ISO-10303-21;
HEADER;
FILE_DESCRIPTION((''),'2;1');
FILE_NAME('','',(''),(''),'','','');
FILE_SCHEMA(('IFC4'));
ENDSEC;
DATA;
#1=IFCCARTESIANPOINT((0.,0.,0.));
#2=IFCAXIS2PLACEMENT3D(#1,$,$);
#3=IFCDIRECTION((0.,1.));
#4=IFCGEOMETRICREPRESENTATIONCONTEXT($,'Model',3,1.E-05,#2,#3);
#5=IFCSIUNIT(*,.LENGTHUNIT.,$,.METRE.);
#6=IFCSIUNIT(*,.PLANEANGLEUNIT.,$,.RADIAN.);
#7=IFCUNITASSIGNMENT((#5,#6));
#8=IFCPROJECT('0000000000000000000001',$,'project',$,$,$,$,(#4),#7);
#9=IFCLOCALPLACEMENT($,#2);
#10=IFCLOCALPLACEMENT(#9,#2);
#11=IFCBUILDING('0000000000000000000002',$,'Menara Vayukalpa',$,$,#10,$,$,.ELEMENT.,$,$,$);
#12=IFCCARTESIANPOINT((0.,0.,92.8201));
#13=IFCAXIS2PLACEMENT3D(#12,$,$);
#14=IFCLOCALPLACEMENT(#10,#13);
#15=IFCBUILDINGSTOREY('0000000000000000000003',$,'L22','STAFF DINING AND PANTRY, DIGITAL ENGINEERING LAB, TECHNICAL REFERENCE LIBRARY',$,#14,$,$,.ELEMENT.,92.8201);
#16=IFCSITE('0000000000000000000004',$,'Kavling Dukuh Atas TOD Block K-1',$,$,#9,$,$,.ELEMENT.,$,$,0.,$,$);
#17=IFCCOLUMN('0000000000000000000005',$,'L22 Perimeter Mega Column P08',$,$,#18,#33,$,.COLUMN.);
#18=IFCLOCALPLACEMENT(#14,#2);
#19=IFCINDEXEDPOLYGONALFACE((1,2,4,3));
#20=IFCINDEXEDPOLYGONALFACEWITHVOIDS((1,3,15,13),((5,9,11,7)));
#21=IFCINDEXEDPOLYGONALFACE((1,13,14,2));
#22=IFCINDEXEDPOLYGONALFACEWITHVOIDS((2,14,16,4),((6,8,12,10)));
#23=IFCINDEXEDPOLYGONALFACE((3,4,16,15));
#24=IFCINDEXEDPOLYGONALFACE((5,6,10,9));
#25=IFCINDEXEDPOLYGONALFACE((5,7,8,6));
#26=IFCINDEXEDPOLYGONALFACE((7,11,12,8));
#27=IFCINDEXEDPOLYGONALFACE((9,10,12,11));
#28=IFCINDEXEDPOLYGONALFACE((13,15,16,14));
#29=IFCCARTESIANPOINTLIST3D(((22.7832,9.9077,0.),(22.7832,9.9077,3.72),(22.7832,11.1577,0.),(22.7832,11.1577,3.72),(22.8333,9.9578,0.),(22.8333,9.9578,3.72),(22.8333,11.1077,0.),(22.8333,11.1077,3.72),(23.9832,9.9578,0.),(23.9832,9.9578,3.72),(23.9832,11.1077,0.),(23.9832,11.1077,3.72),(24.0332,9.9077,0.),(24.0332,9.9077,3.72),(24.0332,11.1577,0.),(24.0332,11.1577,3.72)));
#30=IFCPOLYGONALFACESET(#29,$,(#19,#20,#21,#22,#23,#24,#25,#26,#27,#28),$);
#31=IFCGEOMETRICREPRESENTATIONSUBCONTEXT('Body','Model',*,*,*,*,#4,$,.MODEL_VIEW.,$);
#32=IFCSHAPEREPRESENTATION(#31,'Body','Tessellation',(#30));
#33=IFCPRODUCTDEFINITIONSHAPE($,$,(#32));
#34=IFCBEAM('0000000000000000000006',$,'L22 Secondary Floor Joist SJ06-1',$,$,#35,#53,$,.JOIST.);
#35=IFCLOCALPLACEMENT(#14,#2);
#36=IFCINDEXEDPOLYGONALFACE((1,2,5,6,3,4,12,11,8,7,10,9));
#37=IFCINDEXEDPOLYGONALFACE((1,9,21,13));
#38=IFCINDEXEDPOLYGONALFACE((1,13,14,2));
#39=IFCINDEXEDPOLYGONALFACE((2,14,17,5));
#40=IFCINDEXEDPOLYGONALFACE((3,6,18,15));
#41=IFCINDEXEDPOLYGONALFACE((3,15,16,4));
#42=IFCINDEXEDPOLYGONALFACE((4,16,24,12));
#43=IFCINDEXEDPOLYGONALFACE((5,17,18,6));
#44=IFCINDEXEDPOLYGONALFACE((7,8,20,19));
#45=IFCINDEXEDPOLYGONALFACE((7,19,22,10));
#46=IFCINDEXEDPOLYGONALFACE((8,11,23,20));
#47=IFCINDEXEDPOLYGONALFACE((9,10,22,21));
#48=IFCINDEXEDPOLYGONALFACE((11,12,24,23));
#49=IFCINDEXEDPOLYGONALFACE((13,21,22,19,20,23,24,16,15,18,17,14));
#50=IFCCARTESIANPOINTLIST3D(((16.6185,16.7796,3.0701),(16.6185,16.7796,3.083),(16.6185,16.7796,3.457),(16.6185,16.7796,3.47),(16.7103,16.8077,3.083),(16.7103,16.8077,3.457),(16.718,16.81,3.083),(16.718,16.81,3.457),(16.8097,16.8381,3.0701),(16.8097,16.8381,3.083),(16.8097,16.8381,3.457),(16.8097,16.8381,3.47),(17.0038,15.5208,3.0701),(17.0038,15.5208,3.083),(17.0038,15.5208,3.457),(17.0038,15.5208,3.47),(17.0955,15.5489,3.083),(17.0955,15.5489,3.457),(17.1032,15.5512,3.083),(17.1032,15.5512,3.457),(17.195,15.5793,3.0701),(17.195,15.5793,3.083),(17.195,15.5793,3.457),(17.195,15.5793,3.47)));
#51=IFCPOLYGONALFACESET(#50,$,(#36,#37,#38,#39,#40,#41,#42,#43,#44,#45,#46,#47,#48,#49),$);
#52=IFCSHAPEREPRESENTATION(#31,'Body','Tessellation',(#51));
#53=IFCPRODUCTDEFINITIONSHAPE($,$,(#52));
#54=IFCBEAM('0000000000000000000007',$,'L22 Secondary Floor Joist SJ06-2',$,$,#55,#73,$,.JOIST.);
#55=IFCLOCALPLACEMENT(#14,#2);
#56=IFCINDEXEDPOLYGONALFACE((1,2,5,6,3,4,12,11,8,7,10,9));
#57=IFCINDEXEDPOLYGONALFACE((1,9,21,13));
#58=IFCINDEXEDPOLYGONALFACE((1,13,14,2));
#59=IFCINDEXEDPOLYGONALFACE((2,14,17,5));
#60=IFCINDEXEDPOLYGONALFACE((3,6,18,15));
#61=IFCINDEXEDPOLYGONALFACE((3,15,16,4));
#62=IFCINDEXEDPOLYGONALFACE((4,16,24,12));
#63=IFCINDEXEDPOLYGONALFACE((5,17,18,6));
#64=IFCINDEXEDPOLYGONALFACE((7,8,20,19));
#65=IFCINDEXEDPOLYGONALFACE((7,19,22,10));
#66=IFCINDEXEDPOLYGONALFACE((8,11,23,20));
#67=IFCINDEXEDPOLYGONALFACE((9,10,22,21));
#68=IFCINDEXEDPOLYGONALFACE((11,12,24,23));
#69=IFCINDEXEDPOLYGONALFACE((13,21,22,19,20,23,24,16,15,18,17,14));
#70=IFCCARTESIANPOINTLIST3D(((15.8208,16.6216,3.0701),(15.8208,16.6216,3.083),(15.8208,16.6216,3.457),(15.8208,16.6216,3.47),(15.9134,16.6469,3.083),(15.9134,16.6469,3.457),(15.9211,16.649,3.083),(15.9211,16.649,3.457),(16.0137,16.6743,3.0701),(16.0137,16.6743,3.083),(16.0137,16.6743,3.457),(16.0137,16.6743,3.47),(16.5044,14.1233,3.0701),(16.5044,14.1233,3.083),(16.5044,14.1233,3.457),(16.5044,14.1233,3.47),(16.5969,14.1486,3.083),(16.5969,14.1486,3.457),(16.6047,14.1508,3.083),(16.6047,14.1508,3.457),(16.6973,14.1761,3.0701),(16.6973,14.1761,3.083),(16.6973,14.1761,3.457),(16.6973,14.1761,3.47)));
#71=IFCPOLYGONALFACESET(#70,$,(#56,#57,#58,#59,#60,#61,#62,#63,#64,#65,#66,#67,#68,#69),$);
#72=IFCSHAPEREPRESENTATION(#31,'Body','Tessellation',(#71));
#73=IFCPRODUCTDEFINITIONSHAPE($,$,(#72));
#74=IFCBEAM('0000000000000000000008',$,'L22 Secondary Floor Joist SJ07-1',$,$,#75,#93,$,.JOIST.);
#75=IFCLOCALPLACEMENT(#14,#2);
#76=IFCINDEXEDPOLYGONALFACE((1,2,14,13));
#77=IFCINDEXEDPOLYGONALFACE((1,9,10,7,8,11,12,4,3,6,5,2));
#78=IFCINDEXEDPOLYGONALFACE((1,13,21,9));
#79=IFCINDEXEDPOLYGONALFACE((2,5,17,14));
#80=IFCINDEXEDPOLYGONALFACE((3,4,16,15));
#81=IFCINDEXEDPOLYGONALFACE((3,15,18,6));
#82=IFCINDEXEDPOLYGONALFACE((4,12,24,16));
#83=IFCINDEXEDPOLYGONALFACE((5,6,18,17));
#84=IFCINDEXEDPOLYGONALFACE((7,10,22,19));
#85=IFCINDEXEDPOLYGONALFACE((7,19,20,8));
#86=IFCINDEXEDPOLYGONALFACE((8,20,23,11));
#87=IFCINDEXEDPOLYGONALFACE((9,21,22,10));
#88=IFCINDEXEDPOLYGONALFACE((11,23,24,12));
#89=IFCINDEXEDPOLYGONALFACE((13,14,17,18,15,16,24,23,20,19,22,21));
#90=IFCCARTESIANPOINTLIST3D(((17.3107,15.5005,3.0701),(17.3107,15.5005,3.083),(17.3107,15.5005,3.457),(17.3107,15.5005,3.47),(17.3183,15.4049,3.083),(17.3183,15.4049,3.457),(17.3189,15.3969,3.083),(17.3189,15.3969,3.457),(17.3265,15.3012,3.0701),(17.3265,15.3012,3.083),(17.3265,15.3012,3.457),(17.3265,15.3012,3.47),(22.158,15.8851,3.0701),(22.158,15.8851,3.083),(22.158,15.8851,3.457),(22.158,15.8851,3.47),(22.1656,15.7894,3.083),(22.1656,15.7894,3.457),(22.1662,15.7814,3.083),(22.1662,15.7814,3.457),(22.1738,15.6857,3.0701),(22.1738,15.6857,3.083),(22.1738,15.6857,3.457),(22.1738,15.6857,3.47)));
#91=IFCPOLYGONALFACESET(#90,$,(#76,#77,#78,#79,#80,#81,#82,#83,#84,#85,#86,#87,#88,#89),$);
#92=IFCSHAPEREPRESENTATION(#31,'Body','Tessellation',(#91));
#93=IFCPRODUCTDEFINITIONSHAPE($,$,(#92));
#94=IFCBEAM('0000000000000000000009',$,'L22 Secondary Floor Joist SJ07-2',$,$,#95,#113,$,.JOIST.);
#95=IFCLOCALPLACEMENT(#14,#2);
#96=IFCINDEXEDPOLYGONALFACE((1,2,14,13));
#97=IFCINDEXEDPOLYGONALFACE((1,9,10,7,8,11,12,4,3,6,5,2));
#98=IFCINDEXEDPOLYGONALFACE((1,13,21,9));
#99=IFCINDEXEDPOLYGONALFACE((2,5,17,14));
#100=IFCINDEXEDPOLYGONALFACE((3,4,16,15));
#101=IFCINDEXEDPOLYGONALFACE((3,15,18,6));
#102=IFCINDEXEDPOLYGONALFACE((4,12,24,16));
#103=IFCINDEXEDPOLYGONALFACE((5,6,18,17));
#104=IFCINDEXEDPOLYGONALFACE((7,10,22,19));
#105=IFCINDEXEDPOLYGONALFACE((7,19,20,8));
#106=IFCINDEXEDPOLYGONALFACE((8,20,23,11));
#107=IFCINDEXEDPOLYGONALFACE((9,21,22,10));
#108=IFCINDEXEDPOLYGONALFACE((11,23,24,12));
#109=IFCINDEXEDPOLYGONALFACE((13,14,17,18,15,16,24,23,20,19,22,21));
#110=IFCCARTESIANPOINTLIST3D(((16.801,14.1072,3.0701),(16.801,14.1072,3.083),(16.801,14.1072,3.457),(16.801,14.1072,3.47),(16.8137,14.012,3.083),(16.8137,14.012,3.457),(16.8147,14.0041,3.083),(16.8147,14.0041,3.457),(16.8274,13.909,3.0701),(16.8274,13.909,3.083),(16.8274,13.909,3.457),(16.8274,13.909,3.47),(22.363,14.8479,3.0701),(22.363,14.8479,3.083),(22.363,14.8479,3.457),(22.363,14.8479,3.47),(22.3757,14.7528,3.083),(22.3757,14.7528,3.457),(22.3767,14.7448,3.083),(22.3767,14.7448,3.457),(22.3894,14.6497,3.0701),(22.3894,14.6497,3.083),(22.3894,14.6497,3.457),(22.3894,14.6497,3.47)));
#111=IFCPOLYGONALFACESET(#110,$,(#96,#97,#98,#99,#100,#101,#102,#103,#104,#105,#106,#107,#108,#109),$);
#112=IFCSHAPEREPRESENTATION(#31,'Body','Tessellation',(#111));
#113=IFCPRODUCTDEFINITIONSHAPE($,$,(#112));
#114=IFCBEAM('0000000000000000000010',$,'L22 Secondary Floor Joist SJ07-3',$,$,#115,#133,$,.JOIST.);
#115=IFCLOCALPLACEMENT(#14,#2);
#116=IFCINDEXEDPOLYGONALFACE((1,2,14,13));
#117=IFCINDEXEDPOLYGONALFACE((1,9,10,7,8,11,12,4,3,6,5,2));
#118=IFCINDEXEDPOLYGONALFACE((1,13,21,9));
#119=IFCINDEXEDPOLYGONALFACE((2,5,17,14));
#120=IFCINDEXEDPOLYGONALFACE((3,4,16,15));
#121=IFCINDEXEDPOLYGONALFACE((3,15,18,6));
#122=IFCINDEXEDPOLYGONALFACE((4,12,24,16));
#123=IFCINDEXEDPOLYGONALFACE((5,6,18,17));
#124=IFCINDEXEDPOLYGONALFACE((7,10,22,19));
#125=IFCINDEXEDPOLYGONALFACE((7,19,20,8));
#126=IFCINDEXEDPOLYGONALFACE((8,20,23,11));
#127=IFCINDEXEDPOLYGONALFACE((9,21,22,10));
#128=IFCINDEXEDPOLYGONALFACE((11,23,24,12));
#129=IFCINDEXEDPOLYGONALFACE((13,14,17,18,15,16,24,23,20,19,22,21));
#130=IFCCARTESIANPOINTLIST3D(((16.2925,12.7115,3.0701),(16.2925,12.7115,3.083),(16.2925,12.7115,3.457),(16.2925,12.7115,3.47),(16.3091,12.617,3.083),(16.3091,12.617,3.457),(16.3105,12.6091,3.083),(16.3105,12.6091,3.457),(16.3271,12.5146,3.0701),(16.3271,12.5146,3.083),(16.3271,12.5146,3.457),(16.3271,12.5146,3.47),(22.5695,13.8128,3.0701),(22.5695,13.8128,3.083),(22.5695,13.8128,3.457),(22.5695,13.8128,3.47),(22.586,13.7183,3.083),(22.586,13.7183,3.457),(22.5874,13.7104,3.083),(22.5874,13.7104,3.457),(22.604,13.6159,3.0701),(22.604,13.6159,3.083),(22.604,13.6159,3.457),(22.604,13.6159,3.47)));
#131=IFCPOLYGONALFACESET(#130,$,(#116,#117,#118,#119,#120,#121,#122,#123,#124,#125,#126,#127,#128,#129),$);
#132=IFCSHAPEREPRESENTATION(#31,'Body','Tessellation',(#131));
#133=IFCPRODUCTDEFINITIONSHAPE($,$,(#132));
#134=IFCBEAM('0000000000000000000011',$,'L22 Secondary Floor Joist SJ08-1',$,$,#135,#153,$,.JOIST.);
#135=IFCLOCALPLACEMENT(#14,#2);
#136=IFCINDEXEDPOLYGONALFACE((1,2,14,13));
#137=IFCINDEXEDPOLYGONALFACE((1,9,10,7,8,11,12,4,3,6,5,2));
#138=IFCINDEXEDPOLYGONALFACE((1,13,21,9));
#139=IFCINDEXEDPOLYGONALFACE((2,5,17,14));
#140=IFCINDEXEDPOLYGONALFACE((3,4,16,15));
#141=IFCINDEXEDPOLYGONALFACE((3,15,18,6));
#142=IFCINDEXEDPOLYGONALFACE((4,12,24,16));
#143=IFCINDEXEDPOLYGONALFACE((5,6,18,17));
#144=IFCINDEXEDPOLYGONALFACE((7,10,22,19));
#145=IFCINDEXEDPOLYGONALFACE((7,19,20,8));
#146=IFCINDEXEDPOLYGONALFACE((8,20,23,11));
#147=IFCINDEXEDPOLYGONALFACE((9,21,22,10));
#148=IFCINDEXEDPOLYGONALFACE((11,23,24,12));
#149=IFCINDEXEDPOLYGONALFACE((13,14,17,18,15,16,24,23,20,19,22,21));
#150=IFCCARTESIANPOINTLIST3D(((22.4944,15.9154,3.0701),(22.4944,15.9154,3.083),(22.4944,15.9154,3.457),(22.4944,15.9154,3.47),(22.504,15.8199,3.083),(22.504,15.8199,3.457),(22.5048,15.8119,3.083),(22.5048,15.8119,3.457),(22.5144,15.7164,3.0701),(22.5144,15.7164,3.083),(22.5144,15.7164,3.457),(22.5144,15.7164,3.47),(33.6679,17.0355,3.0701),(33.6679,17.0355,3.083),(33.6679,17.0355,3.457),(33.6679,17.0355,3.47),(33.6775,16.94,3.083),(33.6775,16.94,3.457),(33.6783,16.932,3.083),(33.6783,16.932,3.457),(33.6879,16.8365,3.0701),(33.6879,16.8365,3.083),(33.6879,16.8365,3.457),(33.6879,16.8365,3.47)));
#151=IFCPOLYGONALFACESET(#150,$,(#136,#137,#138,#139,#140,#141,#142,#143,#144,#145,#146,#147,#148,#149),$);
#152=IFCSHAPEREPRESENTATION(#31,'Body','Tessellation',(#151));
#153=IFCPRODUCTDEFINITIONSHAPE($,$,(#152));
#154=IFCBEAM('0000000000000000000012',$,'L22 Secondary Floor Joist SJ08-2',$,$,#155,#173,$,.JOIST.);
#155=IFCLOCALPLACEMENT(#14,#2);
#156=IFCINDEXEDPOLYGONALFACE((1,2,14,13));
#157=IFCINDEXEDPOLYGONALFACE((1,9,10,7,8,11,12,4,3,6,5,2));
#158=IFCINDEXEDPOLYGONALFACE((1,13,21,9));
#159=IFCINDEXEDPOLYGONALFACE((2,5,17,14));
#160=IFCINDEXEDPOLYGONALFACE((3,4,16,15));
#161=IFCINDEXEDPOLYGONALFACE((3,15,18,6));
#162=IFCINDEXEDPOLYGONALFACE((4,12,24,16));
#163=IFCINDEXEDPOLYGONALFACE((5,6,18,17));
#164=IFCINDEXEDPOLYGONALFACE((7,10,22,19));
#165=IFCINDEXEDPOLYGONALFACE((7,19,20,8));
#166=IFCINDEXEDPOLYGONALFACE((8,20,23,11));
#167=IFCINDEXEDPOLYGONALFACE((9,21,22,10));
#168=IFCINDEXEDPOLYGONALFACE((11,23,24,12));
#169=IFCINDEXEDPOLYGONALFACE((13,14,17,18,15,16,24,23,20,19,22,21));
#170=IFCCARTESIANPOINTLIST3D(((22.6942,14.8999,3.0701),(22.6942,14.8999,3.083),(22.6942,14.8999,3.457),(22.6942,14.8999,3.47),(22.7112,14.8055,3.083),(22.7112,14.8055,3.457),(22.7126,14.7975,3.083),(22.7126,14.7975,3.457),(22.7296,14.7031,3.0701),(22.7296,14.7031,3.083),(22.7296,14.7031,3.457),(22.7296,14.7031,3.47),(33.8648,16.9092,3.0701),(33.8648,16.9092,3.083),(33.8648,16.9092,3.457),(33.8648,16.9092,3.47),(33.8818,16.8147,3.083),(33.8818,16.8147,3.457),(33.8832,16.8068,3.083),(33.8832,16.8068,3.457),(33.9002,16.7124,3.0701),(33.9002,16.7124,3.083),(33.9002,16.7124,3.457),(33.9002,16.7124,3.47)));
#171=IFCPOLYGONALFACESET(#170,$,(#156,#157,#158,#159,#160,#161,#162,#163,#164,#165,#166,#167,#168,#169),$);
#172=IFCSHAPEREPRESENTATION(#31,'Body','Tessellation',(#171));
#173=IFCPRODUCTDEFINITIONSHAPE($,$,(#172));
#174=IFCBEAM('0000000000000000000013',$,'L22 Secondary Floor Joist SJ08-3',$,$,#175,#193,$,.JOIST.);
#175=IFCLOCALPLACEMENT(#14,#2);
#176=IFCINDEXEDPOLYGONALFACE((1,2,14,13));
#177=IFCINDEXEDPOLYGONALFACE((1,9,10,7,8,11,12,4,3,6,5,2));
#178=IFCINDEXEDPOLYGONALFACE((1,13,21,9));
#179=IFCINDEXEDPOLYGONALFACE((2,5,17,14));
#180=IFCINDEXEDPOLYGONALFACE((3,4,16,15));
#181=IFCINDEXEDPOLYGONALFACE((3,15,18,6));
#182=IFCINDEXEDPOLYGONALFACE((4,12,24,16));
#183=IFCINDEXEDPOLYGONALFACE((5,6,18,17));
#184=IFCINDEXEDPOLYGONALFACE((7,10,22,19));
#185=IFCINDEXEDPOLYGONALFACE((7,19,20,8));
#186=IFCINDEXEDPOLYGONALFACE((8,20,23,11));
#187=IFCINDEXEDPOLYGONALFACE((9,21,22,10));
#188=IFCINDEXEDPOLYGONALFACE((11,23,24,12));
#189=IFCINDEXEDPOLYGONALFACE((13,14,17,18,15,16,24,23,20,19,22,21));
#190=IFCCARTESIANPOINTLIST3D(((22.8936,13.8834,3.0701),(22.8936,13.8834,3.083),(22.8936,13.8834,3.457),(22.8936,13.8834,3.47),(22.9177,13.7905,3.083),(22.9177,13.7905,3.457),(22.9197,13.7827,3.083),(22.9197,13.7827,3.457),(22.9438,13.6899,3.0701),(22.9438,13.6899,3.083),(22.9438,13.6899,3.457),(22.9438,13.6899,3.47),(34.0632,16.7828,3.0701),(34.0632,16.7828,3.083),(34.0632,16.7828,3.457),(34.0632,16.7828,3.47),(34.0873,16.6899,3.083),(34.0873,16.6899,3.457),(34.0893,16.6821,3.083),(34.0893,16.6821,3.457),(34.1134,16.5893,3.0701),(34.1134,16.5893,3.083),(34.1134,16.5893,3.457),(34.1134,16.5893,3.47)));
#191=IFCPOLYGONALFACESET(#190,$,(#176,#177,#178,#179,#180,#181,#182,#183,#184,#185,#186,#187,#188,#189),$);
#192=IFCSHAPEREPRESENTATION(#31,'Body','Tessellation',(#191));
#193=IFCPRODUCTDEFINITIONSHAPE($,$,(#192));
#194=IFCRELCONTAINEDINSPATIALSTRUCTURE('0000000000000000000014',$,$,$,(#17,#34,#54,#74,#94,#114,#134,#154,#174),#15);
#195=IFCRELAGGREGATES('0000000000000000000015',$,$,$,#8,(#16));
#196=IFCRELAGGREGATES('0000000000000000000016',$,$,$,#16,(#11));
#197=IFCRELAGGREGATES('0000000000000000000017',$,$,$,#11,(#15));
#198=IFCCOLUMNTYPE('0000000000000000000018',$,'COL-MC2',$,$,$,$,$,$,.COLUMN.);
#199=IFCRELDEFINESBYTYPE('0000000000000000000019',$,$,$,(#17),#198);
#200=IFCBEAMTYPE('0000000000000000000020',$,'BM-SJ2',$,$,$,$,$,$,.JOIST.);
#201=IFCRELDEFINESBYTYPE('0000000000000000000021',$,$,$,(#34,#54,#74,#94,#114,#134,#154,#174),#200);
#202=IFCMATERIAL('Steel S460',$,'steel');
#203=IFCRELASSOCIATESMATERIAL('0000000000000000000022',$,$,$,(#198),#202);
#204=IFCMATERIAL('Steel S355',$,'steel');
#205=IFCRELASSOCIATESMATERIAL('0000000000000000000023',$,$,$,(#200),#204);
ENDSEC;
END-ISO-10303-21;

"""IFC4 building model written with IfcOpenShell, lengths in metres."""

from ifc_helpers import new_model, si_unit, direction, frame, origin, origin_2d, place, context, subcontext, project, spatial, hollow_rectangle, i_section, extrude, material, material_profile, profile_set, type_object, element, save


model = new_model("IFC4")

# Units and contexts
model_context = context("Model", 3, precision=1e-05, world=origin(), true_north=direction((0.0, 1.0)))
body_context = subcontext(model_context, "Body", "Model", "MODEL_VIEW")
ifc_project = project(units=[si_unit("LENGTHUNIT", "METRE"), si_unit("PLANEANGLEUNIT", "RADIAN")], contexts=[model_context])

# Site, building, storey
site_placement = place(None, origin())
site = spatial("IfcSite", under=ifc_project, at=site_placement, Name="Kavling Dukuh Atas TOD Block K-1", CompositionType="ELEMENT", RefElevation=0.0)
building_placement = place(site_placement, origin())
building = spatial("IfcBuilding", under=site, at=building_placement, Name="Menara Vayukalpa", CompositionType="ELEMENT")
storey_placement = place(building_placement, frame((0.0, 0.0, 92.8201)))
storey = spatial("IfcBuildingStorey", under=building, at=storey_placement, Name="L22", Description="STAFF DINING AND PANTRY, DIGITAL ENGINEERING LAB, TECHNICAL REFERENCE LIBRARY", CompositionType="ELEMENT", Elevation=92.8201)

# Column
ifc_material_1 = material(Name="Steel S460", Category="steel")
ifc_material_profile_1 = material_profile(ifc_material_1, hollow_rectangle(XDim=1.25, YDim=1.25, WallThickness=0.05, at=origin_2d()), Name="BOX 1250x1250x50")
ifc_profile_set_1 = profile_set([ifc_material_profile_1], Name="Steel S460")
column_type = type_object("IfcColumnType", Name="COL-MC2", PredefinedType="COLUMN", material=ifc_profile_set_1)
column_placement = place(storey_placement, frame((23.4082, 10.5327, 0.0), z_axis=(0.0, 0.0, 1.0), x_axis=(1.0, 0.0, 0.0)))
element("IfcColumn", 1, at=column_placement, inside=storey, type_object=column_type, Name="L22 Perimeter Mega Column P08", PredefinedType="COLUMN", context=body_context, shape_type="SweptSolid", body=[
    extrude(hollow_rectangle(XDim=1.25, YDim=1.25, WallThickness=0.05, at=origin_2d()), origin(), (0.0, 0.0, 1.0), 3.72),
])

# Beams
ifc_material_2 = material(Name="Steel S355", Category="steel")
ifc_material_profile_2 = material_profile(ifc_material_2, i_section(OverallWidth=0.2, OverallDepth=0.3999, WebThickness=0.0081, FlangeThickness=0.0129, at=origin_2d()), Name="WF 400x200x8x13")
ifc_profile_set_2 = profile_set([ifc_material_profile_2], Name="Steel S355")
beam_type_1 = type_object("IfcBeamType", Name="BM-SJ2", PredefinedType="JOIST", material=ifc_profile_set_2)
beam_1_placement = place(storey_placement, frame((16.7141, 16.8088, 3.27), z_axis=(0.292652, -0.956219, 0.0), x_axis=(0.956219, 0.292652, 0.0)))
element("IfcBeam", 2, at=beam_1_placement, inside=storey, type_object=beam_type_1, Name="L22 Secondary Floor Joist SJ06-1", PredefinedType="JOIST", context=body_context, shape_type="SweptSolid", body=[
    extrude(i_section(OverallWidth=0.2, OverallDepth=0.3999, WebThickness=0.0081, FlangeThickness=0.0129, at=origin_2d()), origin(), (0.0, 0.0, 1.0), 1.3164),
])
beam_2_placement = place(storey_placement, frame((15.9172, 16.6479, 3.27), z_axis=(0.263923, -0.964544, 0.0), x_axis=(0.964544, 0.263923, 0.0)))
element("IfcBeam", 3, at=beam_2_placement, inside=storey, type_object=beam_type_1, Name="L22 Secondary Floor Joist SJ06-2", PredefinedType="JOIST", context=body_context, shape_type="SweptSolid", body=[
    extrude(i_section(OverallWidth=0.2, OverallDepth=0.3999, WebThickness=0.0081, FlangeThickness=0.0129, at=origin_2d()), origin(), (0.0, 0.0, 1.0), 2.5901),
])
beam_3_placement = place(storey_placement, frame((17.3186, 15.4009, 3.27), z_axis=(0.996869, 0.079077, 0.0), x_axis=(-0.079077, 0.996869, 0.0)))
element("IfcBeam", 4, at=beam_3_placement, inside=storey, type_object=beam_type_1, Name="L22 Secondary Floor Joist SJ07-1", PredefinedType="JOIST", context=body_context, shape_type="SweptSolid", body=[
    extrude(i_section(OverallWidth=0.2, OverallDepth=0.3999, WebThickness=0.0081, FlangeThickness=0.0129, at=origin_2d()), origin(), (0.0, 0.0, 1.0), 4.8625),
])
beam_4_placement = place(storey_placement, frame((16.8142, 14.0081, 3.27), z_axis=(0.991248, 0.13201, 0.0), x_axis=(-0.13201, 0.991248, 0.0)))
element("IfcBeam", 5, at=beam_4_placement, inside=storey, type_object=beam_type_1, Name="L22 Secondary Floor Joist SJ07-2", PredefinedType="JOIST", context=body_context, shape_type="SweptSolid", body=[
    extrude(i_section(OverallWidth=0.2, OverallDepth=0.3999, WebThickness=0.0081, FlangeThickness=0.0129, at=origin_2d()), origin(), (0.0, 0.0, 1.0), 5.6111),
])
beam_5_placement = place(storey_placement, frame((16.3098, 12.613, 3.27), z_axis=(0.984954, 0.172817, 0.0), x_axis=(-0.172817, 0.984954, 0.0)))
element("IfcBeam", 6, at=beam_5_placement, inside=storey, type_object=beam_type_1, Name="L22 Secondary Floor Joist SJ07-3", PredefinedType="JOIST", context=body_context, shape_type="SweptSolid", body=[
    extrude(i_section(OverallWidth=0.2, OverallDepth=0.3999, WebThickness=0.0081, FlangeThickness=0.0129, at=origin_2d()), origin(), (0.0, 0.0, 1.0), 6.3728),
])
beam_6_placement = place(storey_placement, frame((22.5044, 15.8159, 3.27), z_axis=(0.995013, 0.099747, 0.0), x_axis=(-0.099747, 0.995013, 0.0)))
element("IfcBeam", 7, at=beam_6_placement, inside=storey, type_object=beam_type_1, Name="L22 Secondary Floor Joist SJ08-1", PredefinedType="JOIST", context=body_context, shape_type="SweptSolid", body=[
    extrude(i_section(OverallWidth=0.2, OverallDepth=0.3999, WebThickness=0.0081, FlangeThickness=0.0129, at=origin_2d()), origin(), (0.0, 0.0, 1.0), 11.2295),
])
beam_7_placement = place(storey_placement, frame((22.7119, 14.8015, 3.27), z_axis=(0.984205, 0.17703, 0.0), x_axis=(-0.17703, 0.984205, 0.0)))
element("IfcBeam", 8, at=beam_7_placement, inside=storey, type_object=beam_type_1, Name="L22 Secondary Floor Joist SJ08-2", PredefinedType="JOIST", context=body_context, shape_type="SweptSolid", body=[
    extrude(i_section(OverallWidth=0.2, OverallDepth=0.3999, WebThickness=0.0081, FlangeThickness=0.0129, at=origin_2d()), origin(), (0.0, 0.0, 1.0), 11.3499),
])
beam_8_placement = place(storey_placement, frame((22.9187, 13.7866, 3.27), z_axis=(0.967922, 0.251252, 0.0), x_axis=(-0.251252, 0.967922, 0.0)))
element("IfcBeam", 9, at=beam_8_placement, inside=storey, type_object=beam_type_1, Name="L22 Secondary Floor Joist SJ08-3", PredefinedType="JOIST", context=body_context, shape_type="SweptSolid", body=[
    extrude(i_section(OverallWidth=0.2, OverallDepth=0.3999, WebThickness=0.0081, FlangeThickness=0.0129, at=origin_2d()), origin(), (0.0, 0.0, 1.0), 11.5398),
])

save(model, "model.ifc")
